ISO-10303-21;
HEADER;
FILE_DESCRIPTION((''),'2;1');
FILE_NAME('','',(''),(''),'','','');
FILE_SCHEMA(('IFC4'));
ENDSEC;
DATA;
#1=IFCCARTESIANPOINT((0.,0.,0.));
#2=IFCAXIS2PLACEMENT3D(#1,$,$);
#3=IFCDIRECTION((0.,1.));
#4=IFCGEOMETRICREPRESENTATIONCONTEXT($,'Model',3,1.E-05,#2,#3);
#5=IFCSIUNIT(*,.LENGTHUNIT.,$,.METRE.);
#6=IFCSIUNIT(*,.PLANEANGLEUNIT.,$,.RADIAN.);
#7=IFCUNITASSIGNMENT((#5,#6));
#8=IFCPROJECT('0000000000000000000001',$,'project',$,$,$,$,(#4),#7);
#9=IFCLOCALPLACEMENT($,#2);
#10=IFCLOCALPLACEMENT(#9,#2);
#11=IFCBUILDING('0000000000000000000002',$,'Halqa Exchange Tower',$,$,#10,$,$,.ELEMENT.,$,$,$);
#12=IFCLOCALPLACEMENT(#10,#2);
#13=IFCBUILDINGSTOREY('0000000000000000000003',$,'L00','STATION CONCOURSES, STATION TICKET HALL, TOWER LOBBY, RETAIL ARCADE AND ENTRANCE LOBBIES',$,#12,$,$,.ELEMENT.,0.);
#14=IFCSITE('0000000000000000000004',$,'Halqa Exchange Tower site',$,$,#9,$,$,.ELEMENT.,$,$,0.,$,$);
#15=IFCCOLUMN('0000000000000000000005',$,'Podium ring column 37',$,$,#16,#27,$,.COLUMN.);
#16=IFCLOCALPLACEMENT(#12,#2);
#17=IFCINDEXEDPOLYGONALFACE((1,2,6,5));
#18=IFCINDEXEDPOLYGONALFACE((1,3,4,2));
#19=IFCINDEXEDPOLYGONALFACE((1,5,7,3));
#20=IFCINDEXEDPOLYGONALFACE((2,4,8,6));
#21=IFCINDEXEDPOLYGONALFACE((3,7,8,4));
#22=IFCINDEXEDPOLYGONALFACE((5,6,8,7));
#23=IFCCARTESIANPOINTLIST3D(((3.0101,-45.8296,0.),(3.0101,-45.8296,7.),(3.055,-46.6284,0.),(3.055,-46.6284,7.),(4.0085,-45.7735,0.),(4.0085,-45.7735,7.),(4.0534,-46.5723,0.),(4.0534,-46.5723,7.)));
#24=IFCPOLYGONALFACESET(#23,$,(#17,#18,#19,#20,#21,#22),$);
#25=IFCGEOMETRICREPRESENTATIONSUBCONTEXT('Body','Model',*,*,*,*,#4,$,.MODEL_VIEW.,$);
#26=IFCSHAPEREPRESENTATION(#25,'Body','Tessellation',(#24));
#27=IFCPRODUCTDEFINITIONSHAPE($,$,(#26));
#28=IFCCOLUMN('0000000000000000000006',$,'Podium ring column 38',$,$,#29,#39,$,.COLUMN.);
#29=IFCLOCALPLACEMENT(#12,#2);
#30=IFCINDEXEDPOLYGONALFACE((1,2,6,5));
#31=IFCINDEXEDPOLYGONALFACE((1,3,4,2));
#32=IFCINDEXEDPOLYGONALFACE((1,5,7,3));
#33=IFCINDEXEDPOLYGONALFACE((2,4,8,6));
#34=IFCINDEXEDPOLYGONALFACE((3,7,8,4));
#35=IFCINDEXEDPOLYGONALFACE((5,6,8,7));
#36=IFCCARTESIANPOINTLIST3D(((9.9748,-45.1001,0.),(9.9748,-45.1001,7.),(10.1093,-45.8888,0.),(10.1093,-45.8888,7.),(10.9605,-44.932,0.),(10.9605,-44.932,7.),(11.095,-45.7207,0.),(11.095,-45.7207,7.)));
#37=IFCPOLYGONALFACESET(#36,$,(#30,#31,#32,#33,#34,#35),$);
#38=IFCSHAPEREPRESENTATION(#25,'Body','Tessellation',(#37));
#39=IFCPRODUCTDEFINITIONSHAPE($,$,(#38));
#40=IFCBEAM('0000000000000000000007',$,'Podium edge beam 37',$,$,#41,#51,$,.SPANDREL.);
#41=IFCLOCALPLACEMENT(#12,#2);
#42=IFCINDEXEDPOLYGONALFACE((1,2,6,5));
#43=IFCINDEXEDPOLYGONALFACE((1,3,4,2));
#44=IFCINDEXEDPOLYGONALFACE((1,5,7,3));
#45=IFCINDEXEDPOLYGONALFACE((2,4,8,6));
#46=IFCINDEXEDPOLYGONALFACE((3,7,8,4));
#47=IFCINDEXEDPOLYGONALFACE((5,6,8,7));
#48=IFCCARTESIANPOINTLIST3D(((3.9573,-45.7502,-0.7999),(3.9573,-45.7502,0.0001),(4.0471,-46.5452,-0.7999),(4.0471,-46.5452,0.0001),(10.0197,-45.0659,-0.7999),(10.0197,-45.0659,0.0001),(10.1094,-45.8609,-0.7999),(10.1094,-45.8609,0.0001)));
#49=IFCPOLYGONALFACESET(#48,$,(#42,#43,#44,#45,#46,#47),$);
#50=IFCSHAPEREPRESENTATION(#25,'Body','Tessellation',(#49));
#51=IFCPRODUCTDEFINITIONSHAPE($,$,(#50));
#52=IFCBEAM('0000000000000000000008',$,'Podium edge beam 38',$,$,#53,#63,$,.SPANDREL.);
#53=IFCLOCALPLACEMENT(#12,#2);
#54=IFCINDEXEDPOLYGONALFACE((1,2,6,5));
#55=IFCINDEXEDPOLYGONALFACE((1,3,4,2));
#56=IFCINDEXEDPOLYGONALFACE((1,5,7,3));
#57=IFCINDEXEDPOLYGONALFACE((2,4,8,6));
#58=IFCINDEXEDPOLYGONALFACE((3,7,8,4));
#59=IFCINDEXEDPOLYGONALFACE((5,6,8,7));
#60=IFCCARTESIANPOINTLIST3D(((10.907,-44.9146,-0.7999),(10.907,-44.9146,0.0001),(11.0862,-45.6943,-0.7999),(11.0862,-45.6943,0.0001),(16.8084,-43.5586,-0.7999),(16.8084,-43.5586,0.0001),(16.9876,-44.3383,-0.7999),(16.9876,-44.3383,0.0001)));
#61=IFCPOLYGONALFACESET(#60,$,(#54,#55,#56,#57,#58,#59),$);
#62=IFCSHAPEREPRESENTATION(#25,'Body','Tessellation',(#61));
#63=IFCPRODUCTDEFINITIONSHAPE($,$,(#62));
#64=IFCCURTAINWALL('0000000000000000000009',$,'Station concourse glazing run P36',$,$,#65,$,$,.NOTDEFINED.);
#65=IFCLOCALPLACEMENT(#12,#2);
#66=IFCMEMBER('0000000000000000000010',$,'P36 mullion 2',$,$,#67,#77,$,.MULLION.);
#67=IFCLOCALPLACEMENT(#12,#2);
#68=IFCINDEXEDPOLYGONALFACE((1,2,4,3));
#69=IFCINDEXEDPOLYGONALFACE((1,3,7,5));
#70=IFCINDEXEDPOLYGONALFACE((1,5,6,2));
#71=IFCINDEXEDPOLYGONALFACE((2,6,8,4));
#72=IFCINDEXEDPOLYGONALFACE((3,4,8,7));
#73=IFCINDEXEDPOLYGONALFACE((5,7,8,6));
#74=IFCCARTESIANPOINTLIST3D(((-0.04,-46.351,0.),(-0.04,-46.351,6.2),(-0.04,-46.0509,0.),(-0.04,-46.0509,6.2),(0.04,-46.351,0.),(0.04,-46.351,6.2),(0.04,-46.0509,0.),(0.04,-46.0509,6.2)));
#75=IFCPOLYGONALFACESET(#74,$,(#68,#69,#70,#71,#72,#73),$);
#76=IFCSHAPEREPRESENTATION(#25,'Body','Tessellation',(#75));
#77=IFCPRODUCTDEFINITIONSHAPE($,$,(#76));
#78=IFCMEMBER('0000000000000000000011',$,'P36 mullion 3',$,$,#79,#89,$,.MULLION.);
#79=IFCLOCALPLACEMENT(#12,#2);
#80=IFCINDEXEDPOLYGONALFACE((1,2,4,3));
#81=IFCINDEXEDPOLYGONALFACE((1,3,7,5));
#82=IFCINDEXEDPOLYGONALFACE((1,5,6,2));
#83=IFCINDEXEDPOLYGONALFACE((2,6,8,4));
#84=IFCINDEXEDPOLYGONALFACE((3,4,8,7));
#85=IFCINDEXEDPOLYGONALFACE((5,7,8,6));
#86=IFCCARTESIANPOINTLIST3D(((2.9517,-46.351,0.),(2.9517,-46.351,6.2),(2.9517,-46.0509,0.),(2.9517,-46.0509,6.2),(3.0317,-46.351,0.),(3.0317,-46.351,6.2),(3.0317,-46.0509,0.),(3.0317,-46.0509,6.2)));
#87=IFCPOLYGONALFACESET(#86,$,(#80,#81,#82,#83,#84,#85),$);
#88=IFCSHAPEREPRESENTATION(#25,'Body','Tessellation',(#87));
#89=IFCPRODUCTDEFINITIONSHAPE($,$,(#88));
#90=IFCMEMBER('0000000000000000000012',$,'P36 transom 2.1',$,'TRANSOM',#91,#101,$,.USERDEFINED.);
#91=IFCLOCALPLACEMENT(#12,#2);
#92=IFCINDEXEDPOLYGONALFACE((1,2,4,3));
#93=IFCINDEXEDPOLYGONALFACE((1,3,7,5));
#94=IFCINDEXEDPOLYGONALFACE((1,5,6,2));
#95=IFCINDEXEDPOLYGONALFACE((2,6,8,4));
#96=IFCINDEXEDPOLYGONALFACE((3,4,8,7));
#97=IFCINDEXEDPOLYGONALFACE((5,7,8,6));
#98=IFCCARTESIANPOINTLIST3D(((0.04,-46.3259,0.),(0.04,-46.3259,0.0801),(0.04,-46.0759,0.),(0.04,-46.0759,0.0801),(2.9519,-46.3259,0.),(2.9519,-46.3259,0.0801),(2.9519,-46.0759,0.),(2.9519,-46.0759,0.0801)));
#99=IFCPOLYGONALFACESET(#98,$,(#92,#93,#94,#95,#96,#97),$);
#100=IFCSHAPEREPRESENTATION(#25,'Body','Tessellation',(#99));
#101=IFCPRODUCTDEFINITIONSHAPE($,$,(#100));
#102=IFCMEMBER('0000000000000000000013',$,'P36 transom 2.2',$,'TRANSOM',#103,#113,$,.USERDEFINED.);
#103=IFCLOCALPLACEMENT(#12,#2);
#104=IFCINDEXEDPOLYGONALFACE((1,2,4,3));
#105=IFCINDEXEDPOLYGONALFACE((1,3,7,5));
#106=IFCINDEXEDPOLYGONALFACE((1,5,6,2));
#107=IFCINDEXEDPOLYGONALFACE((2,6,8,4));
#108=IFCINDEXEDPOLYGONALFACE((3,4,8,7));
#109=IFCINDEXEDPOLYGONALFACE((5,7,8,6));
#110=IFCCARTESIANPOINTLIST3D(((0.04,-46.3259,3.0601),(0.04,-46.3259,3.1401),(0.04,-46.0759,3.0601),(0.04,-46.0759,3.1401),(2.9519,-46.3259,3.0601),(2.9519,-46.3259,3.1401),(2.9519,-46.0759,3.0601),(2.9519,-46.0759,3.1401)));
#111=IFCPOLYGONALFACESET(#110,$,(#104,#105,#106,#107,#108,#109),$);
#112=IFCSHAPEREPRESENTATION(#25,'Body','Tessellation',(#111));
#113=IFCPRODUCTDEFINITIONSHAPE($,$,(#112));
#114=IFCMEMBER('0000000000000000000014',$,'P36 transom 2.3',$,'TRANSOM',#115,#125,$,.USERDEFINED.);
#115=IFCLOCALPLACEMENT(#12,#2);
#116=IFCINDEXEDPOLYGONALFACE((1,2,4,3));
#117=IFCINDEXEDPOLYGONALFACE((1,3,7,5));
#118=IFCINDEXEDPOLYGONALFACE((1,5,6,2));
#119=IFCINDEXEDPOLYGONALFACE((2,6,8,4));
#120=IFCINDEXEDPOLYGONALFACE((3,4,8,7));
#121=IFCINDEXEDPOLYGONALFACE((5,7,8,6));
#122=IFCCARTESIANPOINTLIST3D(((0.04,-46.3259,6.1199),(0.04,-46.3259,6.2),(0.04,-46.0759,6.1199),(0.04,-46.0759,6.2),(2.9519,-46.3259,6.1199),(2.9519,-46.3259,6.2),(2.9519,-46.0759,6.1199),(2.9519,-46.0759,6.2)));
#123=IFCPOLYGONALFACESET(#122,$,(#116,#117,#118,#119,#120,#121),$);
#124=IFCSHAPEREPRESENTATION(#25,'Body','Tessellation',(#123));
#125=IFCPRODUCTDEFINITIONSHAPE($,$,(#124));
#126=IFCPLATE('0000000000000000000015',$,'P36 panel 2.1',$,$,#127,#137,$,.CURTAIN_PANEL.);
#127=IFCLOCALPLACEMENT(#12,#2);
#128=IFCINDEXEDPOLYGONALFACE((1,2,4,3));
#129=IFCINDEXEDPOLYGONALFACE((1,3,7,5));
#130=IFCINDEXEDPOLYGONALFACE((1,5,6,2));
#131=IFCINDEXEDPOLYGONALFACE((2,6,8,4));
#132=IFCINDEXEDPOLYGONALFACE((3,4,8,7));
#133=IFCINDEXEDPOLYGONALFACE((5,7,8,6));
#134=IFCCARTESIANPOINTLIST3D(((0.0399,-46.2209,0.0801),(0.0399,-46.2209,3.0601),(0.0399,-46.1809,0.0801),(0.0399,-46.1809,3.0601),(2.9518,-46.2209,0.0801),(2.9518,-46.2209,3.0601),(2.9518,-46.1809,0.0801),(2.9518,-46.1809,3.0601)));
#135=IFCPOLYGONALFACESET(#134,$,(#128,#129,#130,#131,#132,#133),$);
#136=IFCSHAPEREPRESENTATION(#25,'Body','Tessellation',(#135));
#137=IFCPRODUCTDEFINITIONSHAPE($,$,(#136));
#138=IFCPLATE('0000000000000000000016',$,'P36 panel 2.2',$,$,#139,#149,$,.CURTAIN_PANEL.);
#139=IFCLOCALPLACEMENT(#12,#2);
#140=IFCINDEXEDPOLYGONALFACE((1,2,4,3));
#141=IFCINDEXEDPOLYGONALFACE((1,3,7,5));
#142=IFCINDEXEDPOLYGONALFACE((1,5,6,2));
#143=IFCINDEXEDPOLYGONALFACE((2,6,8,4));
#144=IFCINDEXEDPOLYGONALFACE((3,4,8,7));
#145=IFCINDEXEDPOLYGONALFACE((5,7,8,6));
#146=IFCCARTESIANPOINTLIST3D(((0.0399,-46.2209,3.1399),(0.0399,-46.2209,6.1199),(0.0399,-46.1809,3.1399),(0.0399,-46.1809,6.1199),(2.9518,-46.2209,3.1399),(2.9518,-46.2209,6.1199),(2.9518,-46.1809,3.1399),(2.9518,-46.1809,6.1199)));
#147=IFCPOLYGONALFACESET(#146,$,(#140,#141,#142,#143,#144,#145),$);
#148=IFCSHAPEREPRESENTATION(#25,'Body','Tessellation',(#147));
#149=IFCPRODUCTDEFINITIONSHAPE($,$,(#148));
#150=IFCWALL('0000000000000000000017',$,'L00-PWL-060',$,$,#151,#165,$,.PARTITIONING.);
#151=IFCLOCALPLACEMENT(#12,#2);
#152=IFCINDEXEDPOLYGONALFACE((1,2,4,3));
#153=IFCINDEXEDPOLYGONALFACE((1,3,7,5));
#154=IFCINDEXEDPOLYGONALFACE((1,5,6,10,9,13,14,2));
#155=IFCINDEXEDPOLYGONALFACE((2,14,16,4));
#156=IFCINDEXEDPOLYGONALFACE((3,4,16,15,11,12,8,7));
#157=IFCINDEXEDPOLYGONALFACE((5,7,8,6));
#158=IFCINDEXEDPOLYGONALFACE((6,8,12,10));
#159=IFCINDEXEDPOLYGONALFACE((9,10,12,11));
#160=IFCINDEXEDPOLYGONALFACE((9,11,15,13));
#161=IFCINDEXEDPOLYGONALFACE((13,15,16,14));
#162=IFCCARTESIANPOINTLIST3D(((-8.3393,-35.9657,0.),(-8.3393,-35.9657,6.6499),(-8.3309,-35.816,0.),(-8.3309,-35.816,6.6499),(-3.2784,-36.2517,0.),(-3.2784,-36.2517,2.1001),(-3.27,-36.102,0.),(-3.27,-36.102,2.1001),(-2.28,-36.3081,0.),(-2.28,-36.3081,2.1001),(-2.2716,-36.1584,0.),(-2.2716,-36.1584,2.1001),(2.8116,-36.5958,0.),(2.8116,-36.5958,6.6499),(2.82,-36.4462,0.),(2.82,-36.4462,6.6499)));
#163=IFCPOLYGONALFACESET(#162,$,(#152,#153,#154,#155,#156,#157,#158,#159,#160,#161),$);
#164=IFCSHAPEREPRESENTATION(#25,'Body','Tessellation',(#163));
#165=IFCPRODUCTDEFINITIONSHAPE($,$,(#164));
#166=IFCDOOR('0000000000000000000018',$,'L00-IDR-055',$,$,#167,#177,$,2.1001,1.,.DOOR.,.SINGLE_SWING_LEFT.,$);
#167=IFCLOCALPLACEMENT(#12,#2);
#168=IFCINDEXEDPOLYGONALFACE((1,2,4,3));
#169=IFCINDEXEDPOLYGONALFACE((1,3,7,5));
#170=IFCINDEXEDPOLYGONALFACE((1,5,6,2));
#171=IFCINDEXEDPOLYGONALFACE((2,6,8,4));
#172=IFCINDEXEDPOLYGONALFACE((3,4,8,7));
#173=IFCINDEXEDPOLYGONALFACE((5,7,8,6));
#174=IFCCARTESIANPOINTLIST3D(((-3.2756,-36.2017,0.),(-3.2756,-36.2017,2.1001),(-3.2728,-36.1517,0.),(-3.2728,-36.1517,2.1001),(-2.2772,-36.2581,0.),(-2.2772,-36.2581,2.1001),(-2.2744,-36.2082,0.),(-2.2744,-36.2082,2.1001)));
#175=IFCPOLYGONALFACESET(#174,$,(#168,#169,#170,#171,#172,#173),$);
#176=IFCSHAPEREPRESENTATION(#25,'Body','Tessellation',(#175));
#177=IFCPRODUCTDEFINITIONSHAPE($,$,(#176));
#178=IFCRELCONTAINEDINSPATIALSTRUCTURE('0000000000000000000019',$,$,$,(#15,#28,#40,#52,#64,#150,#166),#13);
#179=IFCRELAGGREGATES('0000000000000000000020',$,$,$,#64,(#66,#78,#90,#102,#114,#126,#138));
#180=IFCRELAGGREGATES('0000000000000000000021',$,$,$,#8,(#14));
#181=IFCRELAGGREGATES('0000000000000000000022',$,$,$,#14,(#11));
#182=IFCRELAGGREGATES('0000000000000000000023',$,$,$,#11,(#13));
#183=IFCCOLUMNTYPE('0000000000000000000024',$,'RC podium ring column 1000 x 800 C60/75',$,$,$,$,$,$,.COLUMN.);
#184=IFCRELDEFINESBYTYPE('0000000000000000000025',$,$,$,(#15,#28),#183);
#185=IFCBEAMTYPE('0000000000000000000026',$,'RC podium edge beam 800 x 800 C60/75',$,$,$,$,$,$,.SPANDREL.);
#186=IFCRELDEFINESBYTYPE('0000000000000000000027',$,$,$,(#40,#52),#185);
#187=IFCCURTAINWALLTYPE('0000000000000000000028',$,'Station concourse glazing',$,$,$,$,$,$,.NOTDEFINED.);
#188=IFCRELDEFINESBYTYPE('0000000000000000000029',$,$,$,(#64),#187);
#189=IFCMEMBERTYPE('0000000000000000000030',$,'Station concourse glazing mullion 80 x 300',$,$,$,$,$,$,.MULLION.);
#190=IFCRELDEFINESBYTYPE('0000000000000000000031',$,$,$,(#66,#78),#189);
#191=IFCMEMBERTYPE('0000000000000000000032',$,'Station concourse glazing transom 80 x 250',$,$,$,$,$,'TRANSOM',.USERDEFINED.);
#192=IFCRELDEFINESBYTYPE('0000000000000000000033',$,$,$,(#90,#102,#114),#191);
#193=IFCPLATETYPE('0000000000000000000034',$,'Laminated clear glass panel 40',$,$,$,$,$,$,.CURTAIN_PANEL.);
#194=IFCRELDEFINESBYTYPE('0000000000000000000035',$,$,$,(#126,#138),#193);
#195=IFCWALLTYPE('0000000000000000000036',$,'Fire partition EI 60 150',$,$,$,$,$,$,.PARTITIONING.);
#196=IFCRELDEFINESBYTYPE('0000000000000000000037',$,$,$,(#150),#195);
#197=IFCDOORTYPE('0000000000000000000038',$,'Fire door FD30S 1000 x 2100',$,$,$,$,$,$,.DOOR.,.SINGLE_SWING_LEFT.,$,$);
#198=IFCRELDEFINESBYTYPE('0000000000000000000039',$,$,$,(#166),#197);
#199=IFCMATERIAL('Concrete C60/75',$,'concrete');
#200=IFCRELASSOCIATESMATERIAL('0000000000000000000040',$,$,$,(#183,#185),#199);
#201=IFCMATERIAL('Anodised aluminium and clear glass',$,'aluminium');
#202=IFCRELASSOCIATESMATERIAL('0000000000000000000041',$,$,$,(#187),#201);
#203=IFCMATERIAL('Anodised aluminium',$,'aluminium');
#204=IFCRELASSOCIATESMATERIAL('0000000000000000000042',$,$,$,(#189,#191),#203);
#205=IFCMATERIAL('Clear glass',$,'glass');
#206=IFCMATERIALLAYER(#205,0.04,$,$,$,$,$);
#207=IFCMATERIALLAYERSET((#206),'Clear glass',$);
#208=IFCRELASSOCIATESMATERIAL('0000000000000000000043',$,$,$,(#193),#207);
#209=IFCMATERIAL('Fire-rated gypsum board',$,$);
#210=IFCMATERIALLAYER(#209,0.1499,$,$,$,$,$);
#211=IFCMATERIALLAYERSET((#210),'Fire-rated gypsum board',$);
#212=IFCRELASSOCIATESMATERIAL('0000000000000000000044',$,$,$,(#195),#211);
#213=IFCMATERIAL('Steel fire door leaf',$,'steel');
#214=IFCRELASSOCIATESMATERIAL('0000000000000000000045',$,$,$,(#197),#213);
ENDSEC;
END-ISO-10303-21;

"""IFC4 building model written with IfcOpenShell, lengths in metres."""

from ifc_helpers import new_model, si_unit, direction, frame, frame_2d, origin, origin_2d, place, context, subcontext, project, spatial, rectangle, extrude, material, layer, layer_set, material_profile, profile_set, type_object, element, fill, aggregate, save


model = new_model("IFC4")

# Units and contexts
model_context = context("Model", 3, precision=1e-05, world=origin(), true_north=direction((0.0, 1.0)))
body_context = subcontext(model_context, "Body", "Model", "MODEL_VIEW")
ifc_project = project(units=[si_unit("LENGTHUNIT", "METRE"), si_unit("PLANEANGLEUNIT", "RADIAN")], contexts=[model_context])

# Site, building, storey
site_placement = place(None, origin())
site = spatial("IfcSite", under=ifc_project, at=site_placement, Name="Halqa Exchange Tower site", CompositionType="ELEMENT", RefElevation=0.0)
building_placement = place(site_placement, origin())
building = spatial("IfcBuilding", under=site, at=building_placement, Name="Halqa Exchange Tower", CompositionType="ELEMENT")
storey_placement = place(building_placement, origin())
storey = spatial("IfcBuildingStorey", under=building, at=storey_placement, Name="L00", Description="STATION CONCOURSES, STATION TICKET HALL, TOWER LOBBY, RETAIL ARCADE AND ENTRANCE LOBBIES", CompositionType="ELEMENT", Elevation=0.0)

# Columns
ifc_material_1 = material(Name="Concrete C60/75", Category="concrete")
ifc_material_profile_1 = material_profile(ifc_material_1, rectangle(XDim=1.0, YDim=0.8, at=origin_2d()), Name="1000 x 800")
ifc_profile_set_1 = profile_set([ifc_material_profile_1], Name="Concrete C60/75")
column_type = type_object("IfcColumnType", Name="RC podium ring column 1000 x 800 C60/75", PredefinedType="COLUMN", material=ifc_profile_set_1)
for number, where, z_axis, x_axis, name in (
    (1, (3.5317, -46.2009, 0.0), (0.0, 0.0, 1.0), (0.998425, 0.056107, 0.0), "Podium ring column 37"),
    (2, (10.5349, -45.4104, 0.0), (0.0, 0.0, 1.0), (0.985766, 0.168121, 0.0), "Podium ring column 38"),
):
    element("IfcColumn", number, at=place(storey_placement, frame(where, z_axis=z_axis, x_axis=x_axis)), inside=storey, type_object=column_type, Name=name, PredefinedType="COLUMN", context=body_context, shape_type="SweptSolid", body=[
        extrude(rectangle(XDim=1.0, YDim=0.8, at=origin_2d()), origin(), (0.0, 0.0, 1.0), 7.0),
    ])

# Beams
ifc_material_profile_2 = material_profile(ifc_material_1, rectangle(XDim=0.8, YDim=0.8, at=origin_2d()), Name="800 x 800")
ifc_profile_set_2 = profile_set([ifc_material_profile_2], Name="Concrete C60/75")
beam_type = type_object("IfcBeamType", Name="RC podium edge beam 800 x 800 C60/75", PredefinedType="SPANDREL", material=ifc_profile_set_2)
beam_1_placement = place(storey_placement, frame((4.0022, -46.1477, -0.3999), z_axis=(0.993689, 0.112171, 0.0), x_axis=(-0.112171, 0.993689, 0.0)))
element("IfcBeam", 3, at=beam_1_placement, inside=storey, type_object=beam_type, Name="Podium edge beam 37", PredefinedType="SPANDREL", context=body_context, shape_type="SweptSolid", body=[
    extrude(rectangle(XDim=0.8, YDim=0.8, at=origin_2d()), origin(), (0.0, 0.0, 1.0), 6.1008),
])
beam_2_placement = place(storey_placement, frame((10.9966, -45.3044, -0.3999), z_axis=(0.974604, 0.223935, 0.0), x_axis=(-0.223935, 0.974604, 0.0)))
element("IfcBeam", 4, at=beam_2_placement, inside=storey, type_object=beam_type, Name="Podium edge beam 38", PredefinedType="SPANDREL", context=body_context, shape_type="SweptSolid", body=[
    extrude(rectangle(XDim=0.8, YDim=0.8, at=origin_2d()), origin(), (0.0, 0.0, 1.0), 6.0552),
])

# Curtain wall, members, plates
ifc_material_2 = material(Name="Anodised aluminium and clear glass", Category="aluminium")
curtain_wall_type = type_object("IfcCurtainWallType", Name="Station concourse glazing", PredefinedType="NOTDEFINED", material=ifc_material_2)
curtain_wall_placement = place(storey_placement, origin())
curtain_wall = element("IfcCurtainWall", 5, at=curtain_wall_placement, inside=storey, type_object=curtain_wall_type, Name="Station concourse glazing run P36", PredefinedType="NOTDEFINED")
ifc_material_3 = material(Name="Anodised aluminium", Category="aluminium")
ifc_material_profile_3 = material_profile(ifc_material_3, rectangle(XDim=0.3, YDim=0.0801, at=origin_2d()), Name="AL 80x300")
ifc_profile_set_3 = profile_set([ifc_material_profile_3], Name="Anodised aluminium")
member_type_1 = type_object("IfcMemberType", Name="Station concourse glazing mullion 80 x 300", PredefinedType="MULLION", material=ifc_profile_set_3)
member_1_placement = place(storey_placement, frame((0.0, -46.2009, 0.0), z_axis=(0.0, 0.0, 1.0), x_axis=(0.0, 1.0, 0.0)))
member_1 = element("IfcMember", 6, at=member_1_placement, type_object=member_type_1, Name="P36 mullion 2", PredefinedType="MULLION", context=body_context, shape_type="SweptSolid", body=[
    extrude(rectangle(XDim=0.3, YDim=0.0801, at=origin_2d()), origin(), (0.0, 0.0, 1.0), 6.2),
])
member_2_placement = place(storey_placement, frame((2.9917, -46.2009, 0.0), z_axis=(0.0, 0.0, 1.0), x_axis=(0.0, 1.0, 0.0)))
member_2 = element("IfcMember", 7, at=member_2_placement, type_object=member_type_1, Name="P36 mullion 3", PredefinedType="MULLION", context=body_context, shape_type="SweptSolid", body=[
    extrude(rectangle(XDim=0.3, YDim=0.0801, at=origin_2d()), origin(), (0.0, 0.0, 1.0), 6.2),
])
ifc_material_profile_4 = material_profile(ifc_material_3, rectangle(XDim=0.25, YDim=0.0801, at=origin_2d()), Name="AL 80x250")
ifc_profile_set_4 = profile_set([ifc_material_profile_4], Name="Anodised aluminium")
member_type_2 = type_object("IfcMemberType", Name="Station concourse glazing transom 80 x 250", ElementType="TRANSOM", PredefinedType="USERDEFINED", material=ifc_profile_set_4)
member_3_placement = place(storey_placement, frame((0.04, -46.2009, 0.04), z_axis=(1.0, 0.0, 0.0), x_axis=(0.0, 1.0, 0.0)))
member_3 = element("IfcMember", 8, at=member_3_placement, type_object=member_type_2, Name="P36 transom 2.1", ObjectType="TRANSOM", PredefinedType="USERDEFINED", context=body_context, shape_type="SweptSolid", body=[
    extrude(rectangle(XDim=0.25, YDim=0.0801, at=origin_2d()), origin(), (0.0, 0.0, 1.0), 2.9119),
])
member_4_placement = place(storey_placement, frame((0.04, -46.2009, 3.1001), z_axis=(1.0, 0.0, 0.0), x_axis=(0.0, 1.0, 0.0)))
member_4 = element("IfcMember", 9, at=member_4_placement, type_object=member_type_2, Name="P36 transom 2.2", ObjectType="TRANSOM", PredefinedType="USERDEFINED", context=body_context, shape_type="SweptSolid", body=[
    extrude(rectangle(XDim=0.25, YDim=0.0801, at=origin_2d()), origin(), (0.0, 0.0, 1.0), 2.9119),
])
member_5_placement = place(storey_placement, frame((0.04, -46.2009, 6.1599), z_axis=(1.0, 0.0, 0.0), x_axis=(0.0, 1.0, 0.0)))
member_5 = element("IfcMember", 10, at=member_5_placement, type_object=member_type_2, Name="P36 transom 2.3", ObjectType="TRANSOM", PredefinedType="USERDEFINED", context=body_context, shape_type="SweptSolid", body=[
    extrude(rectangle(XDim=0.25, YDim=0.0801, at=origin_2d()), origin(), (0.0, 0.0, 1.0), 2.9119),
])
ifc_material_4 = material(Name="Clear glass", Category="glass")
ifc_layer_1 = layer(ifc_material_4, 0.04)
ifc_layer_set_1 = layer_set([ifc_layer_1], Name="Clear glass")
plate_type = type_object("IfcPlateType", Name="Laminated clear glass panel 40", PredefinedType="CURTAIN_PANEL", material=ifc_layer_set_1)
plate_1_placement = place(storey_placement, frame((1.4958, -46.2009, 0.0801), z_axis=(0.0, 0.0, 1.0), x_axis=(1.0, 0.0, 0.0)))
plate_1 = element("IfcPlate", 11, at=plate_1_placement, type_object=plate_type, Name="P36 panel 2.1", PredefinedType="CURTAIN_PANEL", context=body_context, shape_type="SweptSolid", body=[
    extrude(rectangle(XDim=2.9119, YDim=0.04, at=origin_2d()), origin(), (0.0, 0.0, 1.0), 2.98),
])
plate_2_placement = place(storey_placement, frame((1.4958, -46.2009, 3.1399), z_axis=(0.0, 0.0, 1.0), x_axis=(1.0, 0.0, 0.0)))
plate_2 = element("IfcPlate", 12, at=plate_2_placement, type_object=plate_type, Name="P36 panel 2.2", PredefinedType="CURTAIN_PANEL", context=body_context, shape_type="SweptSolid", body=[
    extrude(rectangle(XDim=2.9119, YDim=0.04, at=origin_2d()), origin(), (0.0, 0.0, 1.0), 2.98),
])
aggregate(curtain_wall, [member_1, member_2, member_3, member_4, member_5, plate_1, plate_2])

# Wall, opening, door
ifc_material_5 = material(Name="Fire-rated gypsum board")
ifc_layer_2 = layer(ifc_material_5, 0.1499)
ifc_layer_set_2 = layer_set([ifc_layer_2], Name="Fire-rated gypsum board")
wall_type_1 = type_object("IfcWallType", Name="Fire partition EI 60 150", PredefinedType="PARTITIONING", material=ifc_layer_set_2)
wall_1_placement = place(storey_placement, frame((2.8159, -36.521, 0.0), z_axis=(0.0, 0.0, 1.0), x_axis=(-0.998407, 0.056419, 0.0)))
wall_1 = element("IfcWall", 13, at=wall_1_placement, inside=storey, type_object=wall_type_1, Name="L00-PWL-060", PredefinedType="PARTITIONING", context=body_context, shape_type="SweptSolid", body=[
    extrude(rectangle(XDim=11.1687, YDim=0.1499, at=frame_2d((5.5845, 0.0))), origin(), (0.0, 0.0, 1.0), 6.6499),
])
opening_1_placement = place(wall_1_placement, frame((5.0999, 0.0, 0.0)))
opening_1 = element("IfcOpeningElement", 14, at=opening_1_placement, cuts=wall_1, PredefinedType="OPENING", context=body_context, shape_type="SweptSolid", body=[
    extrude(rectangle(XDim=1.0, YDim=2.1001, at=frame_2d((0.5, 1.05))), frame((0.0, 0.0869, 0.0), z_axis=(0.0, -1.0, 0.0), x_axis=(1.0, 0.0, 0.0)), (0.0, 0.0, 1.0), 0.1738),
])
ifc_material_6 = material(Name="Steel fire door leaf", Category="steel")
door_type_1 = type_object("IfcDoorType", Name="Fire door FD30S 1000 x 2100", OperationType="SINGLE_SWING_LEFT", PredefinedType="DOOR", material=ifc_material_6)
door_1_placement = place(opening_1_placement, origin())
door_1 = element("IfcDoor", 15, at=door_1_placement, inside=storey, type_object=door_type_1, Name="L00-IDR-055", OperationType="SINGLE_SWING_LEFT", OverallHeight=2.1001, OverallWidth=1.0, PredefinedType="DOOR", context=body_context, shape_type="SweptSolid", body=[
    extrude(rectangle(XDim=1.0, YDim=2.1001, at=frame_2d((0.5, 1.05))), frame((0.0, 0.0249, 0.0), z_axis=(0.0, -1.0, 0.0), x_axis=(1.0, 0.0, 0.0)), (0.0, 0.0, 1.0), 0.05),
])
fill(opening_1, door_1)

save(model, "model.ifc")
